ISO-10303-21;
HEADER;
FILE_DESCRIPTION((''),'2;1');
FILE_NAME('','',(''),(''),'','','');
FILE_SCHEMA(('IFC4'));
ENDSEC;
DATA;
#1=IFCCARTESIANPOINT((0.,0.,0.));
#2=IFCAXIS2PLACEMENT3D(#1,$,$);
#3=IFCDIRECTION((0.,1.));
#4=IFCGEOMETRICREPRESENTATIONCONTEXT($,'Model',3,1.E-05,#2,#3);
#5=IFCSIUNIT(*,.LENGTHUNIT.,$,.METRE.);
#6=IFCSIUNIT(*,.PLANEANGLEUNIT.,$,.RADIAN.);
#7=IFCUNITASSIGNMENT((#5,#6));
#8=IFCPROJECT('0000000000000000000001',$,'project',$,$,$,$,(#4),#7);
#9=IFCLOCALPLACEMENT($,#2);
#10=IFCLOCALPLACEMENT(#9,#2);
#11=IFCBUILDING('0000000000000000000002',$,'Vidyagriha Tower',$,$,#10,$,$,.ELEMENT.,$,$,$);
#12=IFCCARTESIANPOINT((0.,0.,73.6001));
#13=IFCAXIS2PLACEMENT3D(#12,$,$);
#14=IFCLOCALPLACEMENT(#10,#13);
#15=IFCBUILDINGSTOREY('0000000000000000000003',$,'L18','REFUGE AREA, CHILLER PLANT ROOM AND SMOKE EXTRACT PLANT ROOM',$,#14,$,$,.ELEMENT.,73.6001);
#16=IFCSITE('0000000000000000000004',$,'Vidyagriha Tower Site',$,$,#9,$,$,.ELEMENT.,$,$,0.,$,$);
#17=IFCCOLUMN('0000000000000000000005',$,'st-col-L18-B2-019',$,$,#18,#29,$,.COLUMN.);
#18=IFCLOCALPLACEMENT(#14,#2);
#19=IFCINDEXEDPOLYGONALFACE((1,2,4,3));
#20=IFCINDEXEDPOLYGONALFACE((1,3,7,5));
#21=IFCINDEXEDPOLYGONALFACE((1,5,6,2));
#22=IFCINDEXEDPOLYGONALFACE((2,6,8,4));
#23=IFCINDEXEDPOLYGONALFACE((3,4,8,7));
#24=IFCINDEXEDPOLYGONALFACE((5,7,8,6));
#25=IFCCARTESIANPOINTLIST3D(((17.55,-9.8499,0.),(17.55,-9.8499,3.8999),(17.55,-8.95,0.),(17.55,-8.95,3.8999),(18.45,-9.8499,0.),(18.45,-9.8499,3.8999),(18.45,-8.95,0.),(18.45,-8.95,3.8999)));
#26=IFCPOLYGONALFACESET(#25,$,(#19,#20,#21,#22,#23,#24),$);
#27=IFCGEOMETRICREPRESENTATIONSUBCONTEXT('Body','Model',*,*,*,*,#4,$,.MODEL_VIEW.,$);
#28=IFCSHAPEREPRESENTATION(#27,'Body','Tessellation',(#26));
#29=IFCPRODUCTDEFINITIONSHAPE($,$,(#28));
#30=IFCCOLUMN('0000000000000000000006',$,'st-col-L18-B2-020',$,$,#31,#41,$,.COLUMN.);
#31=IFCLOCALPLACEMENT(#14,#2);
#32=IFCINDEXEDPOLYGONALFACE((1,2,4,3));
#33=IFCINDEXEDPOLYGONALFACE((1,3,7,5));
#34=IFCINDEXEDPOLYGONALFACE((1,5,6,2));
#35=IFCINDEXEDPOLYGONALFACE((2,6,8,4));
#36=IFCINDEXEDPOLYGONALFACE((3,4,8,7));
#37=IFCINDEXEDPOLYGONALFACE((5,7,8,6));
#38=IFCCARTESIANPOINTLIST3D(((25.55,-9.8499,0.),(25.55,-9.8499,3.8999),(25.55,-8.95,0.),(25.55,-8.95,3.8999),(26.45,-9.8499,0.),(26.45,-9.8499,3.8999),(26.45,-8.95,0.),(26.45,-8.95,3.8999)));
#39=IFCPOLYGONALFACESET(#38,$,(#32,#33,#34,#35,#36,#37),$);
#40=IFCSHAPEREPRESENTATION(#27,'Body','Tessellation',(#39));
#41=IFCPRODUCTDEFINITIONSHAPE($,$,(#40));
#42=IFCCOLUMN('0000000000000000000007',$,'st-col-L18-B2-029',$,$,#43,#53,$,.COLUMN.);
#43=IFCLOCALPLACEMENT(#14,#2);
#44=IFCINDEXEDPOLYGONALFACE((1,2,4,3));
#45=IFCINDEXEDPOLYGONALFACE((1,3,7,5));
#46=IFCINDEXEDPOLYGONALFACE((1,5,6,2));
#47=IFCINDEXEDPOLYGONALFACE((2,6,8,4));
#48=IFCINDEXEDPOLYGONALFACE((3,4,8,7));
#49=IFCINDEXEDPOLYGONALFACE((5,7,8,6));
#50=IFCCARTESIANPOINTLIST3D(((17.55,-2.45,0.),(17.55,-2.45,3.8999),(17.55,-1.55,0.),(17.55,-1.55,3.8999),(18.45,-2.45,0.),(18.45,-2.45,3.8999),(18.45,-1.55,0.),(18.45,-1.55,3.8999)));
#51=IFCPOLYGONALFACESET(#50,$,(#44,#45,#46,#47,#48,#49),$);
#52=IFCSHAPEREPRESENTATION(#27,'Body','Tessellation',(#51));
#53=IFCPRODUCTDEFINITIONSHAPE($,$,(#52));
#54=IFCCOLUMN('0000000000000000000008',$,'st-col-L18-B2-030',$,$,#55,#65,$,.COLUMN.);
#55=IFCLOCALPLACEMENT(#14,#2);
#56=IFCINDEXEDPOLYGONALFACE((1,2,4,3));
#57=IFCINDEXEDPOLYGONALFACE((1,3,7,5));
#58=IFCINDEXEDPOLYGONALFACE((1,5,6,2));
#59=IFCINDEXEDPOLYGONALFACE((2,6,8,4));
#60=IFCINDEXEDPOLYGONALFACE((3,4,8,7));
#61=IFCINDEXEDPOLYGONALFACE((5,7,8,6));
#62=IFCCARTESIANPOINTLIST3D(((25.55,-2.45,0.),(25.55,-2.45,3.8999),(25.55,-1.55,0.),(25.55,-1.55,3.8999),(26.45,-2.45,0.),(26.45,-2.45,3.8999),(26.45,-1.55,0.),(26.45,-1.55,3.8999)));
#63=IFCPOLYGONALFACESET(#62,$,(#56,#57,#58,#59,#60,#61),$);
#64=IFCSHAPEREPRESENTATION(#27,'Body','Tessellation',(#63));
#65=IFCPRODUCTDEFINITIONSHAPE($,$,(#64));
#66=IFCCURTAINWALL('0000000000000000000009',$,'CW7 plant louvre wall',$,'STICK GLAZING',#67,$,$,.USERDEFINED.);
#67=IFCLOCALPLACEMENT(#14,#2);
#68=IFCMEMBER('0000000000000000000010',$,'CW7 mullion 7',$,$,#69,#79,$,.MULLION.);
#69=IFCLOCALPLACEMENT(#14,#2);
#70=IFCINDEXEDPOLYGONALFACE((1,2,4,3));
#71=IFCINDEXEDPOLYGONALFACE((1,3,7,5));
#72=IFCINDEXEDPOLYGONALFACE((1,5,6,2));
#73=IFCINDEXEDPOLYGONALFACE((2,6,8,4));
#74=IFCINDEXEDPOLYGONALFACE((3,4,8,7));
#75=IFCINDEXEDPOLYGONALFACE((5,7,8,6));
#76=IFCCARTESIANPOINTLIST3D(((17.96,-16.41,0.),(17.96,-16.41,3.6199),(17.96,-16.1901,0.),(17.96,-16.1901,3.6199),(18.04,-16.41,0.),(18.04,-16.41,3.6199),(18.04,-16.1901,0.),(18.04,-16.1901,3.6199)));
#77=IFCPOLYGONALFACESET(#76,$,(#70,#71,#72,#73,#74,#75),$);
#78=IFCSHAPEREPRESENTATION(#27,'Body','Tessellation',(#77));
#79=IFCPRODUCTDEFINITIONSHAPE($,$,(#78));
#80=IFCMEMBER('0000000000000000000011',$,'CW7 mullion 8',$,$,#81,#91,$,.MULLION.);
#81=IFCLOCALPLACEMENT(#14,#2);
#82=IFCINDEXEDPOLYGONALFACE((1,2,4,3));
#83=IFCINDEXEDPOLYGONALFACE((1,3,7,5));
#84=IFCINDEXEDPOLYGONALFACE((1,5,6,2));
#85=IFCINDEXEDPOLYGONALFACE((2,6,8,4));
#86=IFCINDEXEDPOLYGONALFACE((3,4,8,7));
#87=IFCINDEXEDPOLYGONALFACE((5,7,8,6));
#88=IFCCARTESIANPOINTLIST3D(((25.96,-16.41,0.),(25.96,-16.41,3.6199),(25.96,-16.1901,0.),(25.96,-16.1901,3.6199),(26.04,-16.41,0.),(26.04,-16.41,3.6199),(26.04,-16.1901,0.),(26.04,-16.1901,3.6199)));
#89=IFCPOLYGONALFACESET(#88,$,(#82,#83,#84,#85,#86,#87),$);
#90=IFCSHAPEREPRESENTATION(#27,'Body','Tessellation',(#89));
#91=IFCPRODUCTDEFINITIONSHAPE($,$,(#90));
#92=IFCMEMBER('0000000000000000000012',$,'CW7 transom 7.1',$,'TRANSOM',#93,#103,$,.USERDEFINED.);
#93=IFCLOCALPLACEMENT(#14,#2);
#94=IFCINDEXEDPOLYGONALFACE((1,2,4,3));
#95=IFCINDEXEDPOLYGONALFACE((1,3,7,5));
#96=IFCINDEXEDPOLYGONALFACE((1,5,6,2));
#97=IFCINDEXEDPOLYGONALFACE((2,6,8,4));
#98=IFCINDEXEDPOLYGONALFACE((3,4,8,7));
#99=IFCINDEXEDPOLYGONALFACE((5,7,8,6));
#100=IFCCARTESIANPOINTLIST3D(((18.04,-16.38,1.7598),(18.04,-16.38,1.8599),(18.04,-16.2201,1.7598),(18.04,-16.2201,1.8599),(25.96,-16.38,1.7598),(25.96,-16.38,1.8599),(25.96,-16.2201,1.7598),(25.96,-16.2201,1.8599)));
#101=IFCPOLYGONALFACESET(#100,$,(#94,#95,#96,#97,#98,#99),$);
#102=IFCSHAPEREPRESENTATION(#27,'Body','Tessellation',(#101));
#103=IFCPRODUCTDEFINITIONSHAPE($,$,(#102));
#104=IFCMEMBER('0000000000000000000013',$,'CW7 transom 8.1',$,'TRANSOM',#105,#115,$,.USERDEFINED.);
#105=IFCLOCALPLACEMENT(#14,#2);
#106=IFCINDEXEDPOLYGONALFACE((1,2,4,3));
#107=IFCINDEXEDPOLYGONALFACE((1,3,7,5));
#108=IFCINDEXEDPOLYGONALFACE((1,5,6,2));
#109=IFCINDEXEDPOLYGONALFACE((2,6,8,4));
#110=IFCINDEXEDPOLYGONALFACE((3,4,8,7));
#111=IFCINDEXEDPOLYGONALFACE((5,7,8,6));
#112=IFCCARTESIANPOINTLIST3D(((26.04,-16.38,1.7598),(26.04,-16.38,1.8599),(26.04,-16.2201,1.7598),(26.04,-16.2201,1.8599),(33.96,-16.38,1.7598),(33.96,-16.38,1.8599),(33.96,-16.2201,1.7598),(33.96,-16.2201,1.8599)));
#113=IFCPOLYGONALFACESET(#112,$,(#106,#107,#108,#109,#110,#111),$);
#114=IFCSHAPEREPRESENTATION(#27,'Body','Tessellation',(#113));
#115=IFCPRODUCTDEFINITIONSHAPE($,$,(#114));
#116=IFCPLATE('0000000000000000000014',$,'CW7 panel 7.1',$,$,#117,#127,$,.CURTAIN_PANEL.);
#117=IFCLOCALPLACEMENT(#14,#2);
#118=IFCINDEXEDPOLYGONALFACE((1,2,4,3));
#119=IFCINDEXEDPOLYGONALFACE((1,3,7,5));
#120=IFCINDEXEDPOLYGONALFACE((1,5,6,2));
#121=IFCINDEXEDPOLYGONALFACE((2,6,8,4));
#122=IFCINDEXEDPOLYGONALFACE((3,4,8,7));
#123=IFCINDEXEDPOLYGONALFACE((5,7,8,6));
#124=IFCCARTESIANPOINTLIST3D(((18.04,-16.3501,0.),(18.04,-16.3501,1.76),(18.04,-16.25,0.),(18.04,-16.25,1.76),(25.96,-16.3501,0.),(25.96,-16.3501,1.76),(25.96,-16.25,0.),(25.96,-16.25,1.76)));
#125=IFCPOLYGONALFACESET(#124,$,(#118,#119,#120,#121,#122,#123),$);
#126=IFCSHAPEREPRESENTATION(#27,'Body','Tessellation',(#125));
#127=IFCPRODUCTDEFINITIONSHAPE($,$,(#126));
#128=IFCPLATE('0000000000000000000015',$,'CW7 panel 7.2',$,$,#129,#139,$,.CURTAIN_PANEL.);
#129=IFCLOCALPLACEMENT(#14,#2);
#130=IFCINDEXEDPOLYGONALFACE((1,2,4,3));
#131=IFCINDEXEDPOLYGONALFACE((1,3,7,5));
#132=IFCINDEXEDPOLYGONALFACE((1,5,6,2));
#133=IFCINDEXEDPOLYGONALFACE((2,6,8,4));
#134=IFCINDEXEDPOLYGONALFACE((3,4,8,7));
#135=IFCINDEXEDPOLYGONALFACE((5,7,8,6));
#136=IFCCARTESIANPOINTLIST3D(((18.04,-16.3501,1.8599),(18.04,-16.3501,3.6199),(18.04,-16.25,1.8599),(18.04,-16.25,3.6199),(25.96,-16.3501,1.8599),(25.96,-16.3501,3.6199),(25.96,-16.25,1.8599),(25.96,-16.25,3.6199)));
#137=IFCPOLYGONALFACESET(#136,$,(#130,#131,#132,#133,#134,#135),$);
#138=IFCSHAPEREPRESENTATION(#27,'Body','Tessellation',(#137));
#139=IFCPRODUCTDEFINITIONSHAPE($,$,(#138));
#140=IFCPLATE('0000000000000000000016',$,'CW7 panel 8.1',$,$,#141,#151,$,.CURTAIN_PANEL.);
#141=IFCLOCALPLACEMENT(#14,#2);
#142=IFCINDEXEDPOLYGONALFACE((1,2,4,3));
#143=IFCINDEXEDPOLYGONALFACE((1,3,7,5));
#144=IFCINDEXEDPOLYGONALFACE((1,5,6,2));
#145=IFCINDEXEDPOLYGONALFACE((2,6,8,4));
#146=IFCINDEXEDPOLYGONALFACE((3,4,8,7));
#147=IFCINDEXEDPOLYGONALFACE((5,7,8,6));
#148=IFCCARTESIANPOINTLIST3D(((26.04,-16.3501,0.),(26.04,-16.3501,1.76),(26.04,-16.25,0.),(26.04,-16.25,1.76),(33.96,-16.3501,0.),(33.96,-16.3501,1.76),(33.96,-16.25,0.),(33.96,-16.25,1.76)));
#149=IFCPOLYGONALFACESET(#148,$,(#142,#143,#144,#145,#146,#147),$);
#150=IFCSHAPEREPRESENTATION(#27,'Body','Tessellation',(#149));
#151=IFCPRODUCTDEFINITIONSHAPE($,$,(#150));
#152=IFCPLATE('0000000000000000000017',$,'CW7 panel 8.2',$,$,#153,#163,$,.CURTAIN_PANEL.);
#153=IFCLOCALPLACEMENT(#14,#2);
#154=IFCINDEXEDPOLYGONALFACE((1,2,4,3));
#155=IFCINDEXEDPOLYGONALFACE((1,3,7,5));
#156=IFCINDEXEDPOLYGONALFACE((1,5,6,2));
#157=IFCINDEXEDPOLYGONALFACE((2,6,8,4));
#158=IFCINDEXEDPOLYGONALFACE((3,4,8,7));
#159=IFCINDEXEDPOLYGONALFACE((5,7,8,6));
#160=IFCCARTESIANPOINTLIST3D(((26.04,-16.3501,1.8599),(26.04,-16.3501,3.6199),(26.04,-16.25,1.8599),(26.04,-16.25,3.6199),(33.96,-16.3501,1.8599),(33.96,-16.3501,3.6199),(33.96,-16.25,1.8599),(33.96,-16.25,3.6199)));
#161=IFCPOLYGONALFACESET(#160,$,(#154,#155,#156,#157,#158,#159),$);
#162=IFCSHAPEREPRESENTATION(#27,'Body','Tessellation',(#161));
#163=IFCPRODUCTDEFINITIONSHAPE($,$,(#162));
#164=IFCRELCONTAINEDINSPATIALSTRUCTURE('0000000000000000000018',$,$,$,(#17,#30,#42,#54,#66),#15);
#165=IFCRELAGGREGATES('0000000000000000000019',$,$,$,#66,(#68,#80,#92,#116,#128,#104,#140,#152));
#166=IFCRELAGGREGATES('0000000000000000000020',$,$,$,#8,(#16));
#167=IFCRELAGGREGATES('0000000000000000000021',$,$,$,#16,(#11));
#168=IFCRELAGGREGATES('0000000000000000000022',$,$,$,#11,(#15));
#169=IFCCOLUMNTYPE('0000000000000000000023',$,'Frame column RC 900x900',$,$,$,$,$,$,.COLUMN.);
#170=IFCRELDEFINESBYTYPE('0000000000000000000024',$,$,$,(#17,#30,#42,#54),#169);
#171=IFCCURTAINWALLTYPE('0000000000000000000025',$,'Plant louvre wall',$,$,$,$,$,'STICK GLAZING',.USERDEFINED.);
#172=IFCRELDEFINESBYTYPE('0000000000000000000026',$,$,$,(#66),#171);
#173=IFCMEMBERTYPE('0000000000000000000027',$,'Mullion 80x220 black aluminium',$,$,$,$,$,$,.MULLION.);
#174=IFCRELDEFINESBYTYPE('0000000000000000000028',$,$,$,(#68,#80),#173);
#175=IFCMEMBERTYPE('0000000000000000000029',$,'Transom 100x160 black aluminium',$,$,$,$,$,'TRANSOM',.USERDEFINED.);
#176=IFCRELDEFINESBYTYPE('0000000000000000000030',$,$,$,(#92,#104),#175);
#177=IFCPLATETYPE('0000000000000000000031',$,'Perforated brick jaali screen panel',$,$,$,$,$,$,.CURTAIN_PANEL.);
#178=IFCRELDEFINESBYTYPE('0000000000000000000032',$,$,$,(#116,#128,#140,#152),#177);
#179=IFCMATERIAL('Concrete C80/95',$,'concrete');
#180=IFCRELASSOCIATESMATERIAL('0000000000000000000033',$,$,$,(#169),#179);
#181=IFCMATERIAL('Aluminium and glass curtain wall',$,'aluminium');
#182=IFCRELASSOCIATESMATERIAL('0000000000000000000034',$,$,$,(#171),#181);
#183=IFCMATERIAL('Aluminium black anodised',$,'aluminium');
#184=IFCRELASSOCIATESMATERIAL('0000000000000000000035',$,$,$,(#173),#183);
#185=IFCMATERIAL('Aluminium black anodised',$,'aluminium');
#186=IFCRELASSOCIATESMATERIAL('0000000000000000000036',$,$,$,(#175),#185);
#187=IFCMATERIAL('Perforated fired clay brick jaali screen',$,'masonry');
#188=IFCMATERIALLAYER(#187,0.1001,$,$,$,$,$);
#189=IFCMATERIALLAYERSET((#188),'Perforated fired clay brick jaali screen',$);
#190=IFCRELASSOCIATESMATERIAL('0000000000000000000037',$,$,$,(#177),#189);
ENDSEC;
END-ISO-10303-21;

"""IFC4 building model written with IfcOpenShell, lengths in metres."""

from ifc_helpers import new_model, si_unit, direction, frame, origin, origin_2d, place, context, subcontext, project, spatial, rectangle, extrude, material, layer, layer_set, material_profile, profile_set, type_object, element, aggregate, save


model = new_model("IFC4")

# Units and contexts
model_context = context("Model", 3, precision=1e-05, world=origin(), true_north=direction((0.0, 1.0)))
body_context = subcontext(model_context, "Body", "Model", "MODEL_VIEW")
ifc_project = project(units=[si_unit("LENGTHUNIT", "METRE"), si_unit("PLANEANGLEUNIT", "RADIAN")], contexts=[model_context])

# Site, building, storey
site_placement = place(None, origin())
site = spatial("IfcSite", under=ifc_project, at=site_placement, Name="Vidyagriha Tower Site", CompositionType="ELEMENT", RefElevation=0.0)
building_placement = place(site_placement, origin())
building = spatial("IfcBuilding", under=site, at=building_placement, Name="Vidyagriha Tower", CompositionType="ELEMENT")
storey_placement = place(building_placement, frame((0.0, 0.0, 73.6001)))
storey = spatial("IfcBuildingStorey", under=building, at=storey_placement, Name="L18", Description="REFUGE AREA, CHILLER PLANT ROOM AND SMOKE EXTRACT PLANT ROOM", CompositionType="ELEMENT", Elevation=73.6001)

# Columns
ifc_material_1 = material(Name="Concrete C80/95", Category="concrete")
ifc_material_profile_1 = material_profile(ifc_material_1, rectangle(XDim=0.8999, YDim=0.8999, at=origin_2d()), Name="RC 900x900")
ifc_profile_set_1 = profile_set([ifc_material_profile_1], Name="Concrete C80/95")
column_type = type_object("IfcColumnType", Name="Frame column RC 900x900", PredefinedType="COLUMN", material=ifc_profile_set_1)
for number, where, name in (
    (1, (18.0, -9.3999, 0.0), "st-col-L18-B2-019"),
    (2, (26.0, -9.3999, 0.0), "st-col-L18-B2-020"),
    (3, (18.0, -2.0, 0.0), "st-col-L18-B2-029"),
    (4, (26.0, -2.0, 0.0), "st-col-L18-B2-030"),
):
    element("IfcColumn", number, at=place(storey_placement, frame(where)), inside=storey, type_object=column_type, Name=name, PredefinedType="COLUMN", context=body_context, shape_type="SweptSolid", body=[
        extrude(rectangle(XDim=0.8999, YDim=0.8999, at=origin_2d()), origin(), (0.0, 0.0, 1.0), 3.8999),
    ])

# Curtain wall, members, plates
ifc_material_2 = material(Name="Aluminium and glass curtain wall", Category="aluminium")
curtain_wall_type = type_object("IfcCurtainWallType", Name="Plant louvre wall", ElementType="STICK GLAZING", PredefinedType="USERDEFINED", material=ifc_material_2)
curtain_wall_placement = place(storey_placement, origin())
curtain_wall = element("IfcCurtainWall", 5, at=curtain_wall_placement, inside=storey, type_object=curtain_wall_type, Name="CW7 plant louvre wall", ObjectType="STICK GLAZING", PredefinedType="USERDEFINED")
ifc_material_3 = material(Name="Aluminium black anodised", Category="aluminium")
ifc_material_profile_2 = material_profile(ifc_material_3, rectangle(XDim=0.22, YDim=0.0801, at=origin_2d()), Name="Mullion 80x220 black aluminium")
ifc_profile_set_2 = profile_set([ifc_material_profile_2], Name="Aluminium black anodised")
member_type_1 = type_object("IfcMemberType", Name="Mullion 80x220 black aluminium", PredefinedType="MULLION", material=ifc_profile_set_2)
member_1_placement = place(storey_placement, frame((18.0, -16.3, 0.0), z_axis=(0.0, 0.0, 1.0), x_axis=(0.0, 1.0, 0.0)))
member_1 = element("IfcMember", 6, at=member_1_placement, type_object=member_type_1, Name="CW7 mullion 7", PredefinedType="MULLION", context=body_context, shape_type="SweptSolid", body=[
    extrude(rectangle(XDim=0.22, YDim=0.0801, at=origin_2d()), origin(), (0.0, 0.0, 1.0), 3.6199),
])
member_2_placement = place(storey_placement, frame((26.0, -16.3, 0.0), z_axis=(0.0, 0.0, 1.0), x_axis=(0.0, 1.0, 0.0)))
member_2 = element("IfcMember", 7, at=member_2_placement, type_object=member_type_1, Name="CW7 mullion 8", PredefinedType="MULLION", context=body_context, shape_type="SweptSolid", body=[
    extrude(rectangle(XDim=0.22, YDim=0.0801, at=origin_2d()), origin(), (0.0, 0.0, 1.0), 3.6199),
])
ifc_material_4 = material(Name="Aluminium black anodised", Category="aluminium")
ifc_material_profile_3 = material_profile(ifc_material_4, rectangle(XDim=0.1599, YDim=0.1001, at=origin_2d()), Name="Transom 100x160 black aluminium")
ifc_profile_set_3 = profile_set([ifc_material_profile_3], Name="Aluminium black anodised")
member_type_2 = type_object("IfcMemberType", Name="Transom 100x160 black aluminium", ElementType="TRANSOM", PredefinedType="USERDEFINED", material=ifc_profile_set_3)
member_3_placement = place(storey_placement, frame((18.04, -16.3, 1.8098), z_axis=(1.0, 0.0, 0.0), x_axis=(0.0, 1.0, 0.0)))
member_3 = element("IfcMember", 8, at=member_3_placement, type_object=member_type_2, Name="CW7 transom 7.1", ObjectType="TRANSOM", PredefinedType="USERDEFINED", context=body_context, shape_type="SweptSolid", body=[
    extrude(rectangle(XDim=0.1599, YDim=0.1001, at=origin_2d()), origin(), (0.0, 0.0, 1.0), 7.9199),
])
member_4_placement = place(storey_placement, frame((26.04, -16.3, 1.8098), z_axis=(1.0, 0.0, 0.0), x_axis=(0.0, 1.0, 0.0)))
member_4 = element("IfcMember", 9, at=member_4_placement, type_object=member_type_2, Name="CW7 transom 8.1", ObjectType="TRANSOM", PredefinedType="USERDEFINED", context=body_context, shape_type="SweptSolid", body=[
    extrude(rectangle(XDim=0.1599, YDim=0.1001, at=origin_2d()), origin(), (0.0, 0.0, 1.0), 7.9199),
])
ifc_material_5 = material(Name="Perforated fired clay brick jaali screen", Category="masonry")
ifc_layer_1 = layer(ifc_material_5, 0.1001)
ifc_layer_set_1 = layer_set([ifc_layer_1], Name="Perforated fired clay brick jaali screen")
plate_type = type_object("IfcPlateType", Name="Perforated brick jaali screen panel", PredefinedType="CURTAIN_PANEL", material=ifc_layer_set_1)
plate_1_placement = place(storey_placement, frame((22.0, -16.3, 0.0)))
plate_1 = element("IfcPlate", 10, at=plate_1_placement, type_object=plate_type, Name="CW7 panel 7.1", PredefinedType="CURTAIN_PANEL", context=body_context, shape_type="SweptSolid", body=[
    extrude(rectangle(XDim=7.9199, YDim=0.1001, at=origin_2d()), origin(), (0.0, 0.0, 1.0), 1.76),
])
plate_2_placement = place(storey_placement, frame((22.0, -16.3, 1.8599)))
plate_2 = element("IfcPlate", 11, at=plate_2_placement, type_object=plate_type, Name="CW7 panel 7.2", PredefinedType="CURTAIN_PANEL", context=body_context, shape_type="SweptSolid", body=[
    extrude(rectangle(XDim=7.9199, YDim=0.1001, at=origin_2d()), origin(), (0.0, 0.0, 1.0), 1.76),
])
plate_3_placement = place(storey_placement, frame((30.0, -16.3, 0.0)))
plate_3 = element("IfcPlate", 12, at=plate_3_placement, type_object=plate_type, Name="CW7 panel 8.1", PredefinedType="CURTAIN_PANEL", context=body_context, shape_type="SweptSolid", body=[
    extrude(rectangle(XDim=7.9199, YDim=0.1001, at=origin_2d()), origin(), (0.0, 0.0, 1.0), 1.76),
])
plate_4_placement = place(storey_placement, frame((30.0, -16.3, 1.8599)))
plate_4 = element("IfcPlate", 13, at=plate_4_placement, type_object=plate_type, Name="CW7 panel 8.2", PredefinedType="CURTAIN_PANEL", context=body_context, shape_type="SweptSolid", body=[
    extrude(rectangle(XDim=7.9199, YDim=0.1001, at=origin_2d()), origin(), (0.0, 0.0, 1.0), 1.76),
])
aggregate(curtain_wall, [member_1, member_2, member_3, plate_1, plate_2, member_4, plate_3, plate_4])

save(model, "model.ifc")
